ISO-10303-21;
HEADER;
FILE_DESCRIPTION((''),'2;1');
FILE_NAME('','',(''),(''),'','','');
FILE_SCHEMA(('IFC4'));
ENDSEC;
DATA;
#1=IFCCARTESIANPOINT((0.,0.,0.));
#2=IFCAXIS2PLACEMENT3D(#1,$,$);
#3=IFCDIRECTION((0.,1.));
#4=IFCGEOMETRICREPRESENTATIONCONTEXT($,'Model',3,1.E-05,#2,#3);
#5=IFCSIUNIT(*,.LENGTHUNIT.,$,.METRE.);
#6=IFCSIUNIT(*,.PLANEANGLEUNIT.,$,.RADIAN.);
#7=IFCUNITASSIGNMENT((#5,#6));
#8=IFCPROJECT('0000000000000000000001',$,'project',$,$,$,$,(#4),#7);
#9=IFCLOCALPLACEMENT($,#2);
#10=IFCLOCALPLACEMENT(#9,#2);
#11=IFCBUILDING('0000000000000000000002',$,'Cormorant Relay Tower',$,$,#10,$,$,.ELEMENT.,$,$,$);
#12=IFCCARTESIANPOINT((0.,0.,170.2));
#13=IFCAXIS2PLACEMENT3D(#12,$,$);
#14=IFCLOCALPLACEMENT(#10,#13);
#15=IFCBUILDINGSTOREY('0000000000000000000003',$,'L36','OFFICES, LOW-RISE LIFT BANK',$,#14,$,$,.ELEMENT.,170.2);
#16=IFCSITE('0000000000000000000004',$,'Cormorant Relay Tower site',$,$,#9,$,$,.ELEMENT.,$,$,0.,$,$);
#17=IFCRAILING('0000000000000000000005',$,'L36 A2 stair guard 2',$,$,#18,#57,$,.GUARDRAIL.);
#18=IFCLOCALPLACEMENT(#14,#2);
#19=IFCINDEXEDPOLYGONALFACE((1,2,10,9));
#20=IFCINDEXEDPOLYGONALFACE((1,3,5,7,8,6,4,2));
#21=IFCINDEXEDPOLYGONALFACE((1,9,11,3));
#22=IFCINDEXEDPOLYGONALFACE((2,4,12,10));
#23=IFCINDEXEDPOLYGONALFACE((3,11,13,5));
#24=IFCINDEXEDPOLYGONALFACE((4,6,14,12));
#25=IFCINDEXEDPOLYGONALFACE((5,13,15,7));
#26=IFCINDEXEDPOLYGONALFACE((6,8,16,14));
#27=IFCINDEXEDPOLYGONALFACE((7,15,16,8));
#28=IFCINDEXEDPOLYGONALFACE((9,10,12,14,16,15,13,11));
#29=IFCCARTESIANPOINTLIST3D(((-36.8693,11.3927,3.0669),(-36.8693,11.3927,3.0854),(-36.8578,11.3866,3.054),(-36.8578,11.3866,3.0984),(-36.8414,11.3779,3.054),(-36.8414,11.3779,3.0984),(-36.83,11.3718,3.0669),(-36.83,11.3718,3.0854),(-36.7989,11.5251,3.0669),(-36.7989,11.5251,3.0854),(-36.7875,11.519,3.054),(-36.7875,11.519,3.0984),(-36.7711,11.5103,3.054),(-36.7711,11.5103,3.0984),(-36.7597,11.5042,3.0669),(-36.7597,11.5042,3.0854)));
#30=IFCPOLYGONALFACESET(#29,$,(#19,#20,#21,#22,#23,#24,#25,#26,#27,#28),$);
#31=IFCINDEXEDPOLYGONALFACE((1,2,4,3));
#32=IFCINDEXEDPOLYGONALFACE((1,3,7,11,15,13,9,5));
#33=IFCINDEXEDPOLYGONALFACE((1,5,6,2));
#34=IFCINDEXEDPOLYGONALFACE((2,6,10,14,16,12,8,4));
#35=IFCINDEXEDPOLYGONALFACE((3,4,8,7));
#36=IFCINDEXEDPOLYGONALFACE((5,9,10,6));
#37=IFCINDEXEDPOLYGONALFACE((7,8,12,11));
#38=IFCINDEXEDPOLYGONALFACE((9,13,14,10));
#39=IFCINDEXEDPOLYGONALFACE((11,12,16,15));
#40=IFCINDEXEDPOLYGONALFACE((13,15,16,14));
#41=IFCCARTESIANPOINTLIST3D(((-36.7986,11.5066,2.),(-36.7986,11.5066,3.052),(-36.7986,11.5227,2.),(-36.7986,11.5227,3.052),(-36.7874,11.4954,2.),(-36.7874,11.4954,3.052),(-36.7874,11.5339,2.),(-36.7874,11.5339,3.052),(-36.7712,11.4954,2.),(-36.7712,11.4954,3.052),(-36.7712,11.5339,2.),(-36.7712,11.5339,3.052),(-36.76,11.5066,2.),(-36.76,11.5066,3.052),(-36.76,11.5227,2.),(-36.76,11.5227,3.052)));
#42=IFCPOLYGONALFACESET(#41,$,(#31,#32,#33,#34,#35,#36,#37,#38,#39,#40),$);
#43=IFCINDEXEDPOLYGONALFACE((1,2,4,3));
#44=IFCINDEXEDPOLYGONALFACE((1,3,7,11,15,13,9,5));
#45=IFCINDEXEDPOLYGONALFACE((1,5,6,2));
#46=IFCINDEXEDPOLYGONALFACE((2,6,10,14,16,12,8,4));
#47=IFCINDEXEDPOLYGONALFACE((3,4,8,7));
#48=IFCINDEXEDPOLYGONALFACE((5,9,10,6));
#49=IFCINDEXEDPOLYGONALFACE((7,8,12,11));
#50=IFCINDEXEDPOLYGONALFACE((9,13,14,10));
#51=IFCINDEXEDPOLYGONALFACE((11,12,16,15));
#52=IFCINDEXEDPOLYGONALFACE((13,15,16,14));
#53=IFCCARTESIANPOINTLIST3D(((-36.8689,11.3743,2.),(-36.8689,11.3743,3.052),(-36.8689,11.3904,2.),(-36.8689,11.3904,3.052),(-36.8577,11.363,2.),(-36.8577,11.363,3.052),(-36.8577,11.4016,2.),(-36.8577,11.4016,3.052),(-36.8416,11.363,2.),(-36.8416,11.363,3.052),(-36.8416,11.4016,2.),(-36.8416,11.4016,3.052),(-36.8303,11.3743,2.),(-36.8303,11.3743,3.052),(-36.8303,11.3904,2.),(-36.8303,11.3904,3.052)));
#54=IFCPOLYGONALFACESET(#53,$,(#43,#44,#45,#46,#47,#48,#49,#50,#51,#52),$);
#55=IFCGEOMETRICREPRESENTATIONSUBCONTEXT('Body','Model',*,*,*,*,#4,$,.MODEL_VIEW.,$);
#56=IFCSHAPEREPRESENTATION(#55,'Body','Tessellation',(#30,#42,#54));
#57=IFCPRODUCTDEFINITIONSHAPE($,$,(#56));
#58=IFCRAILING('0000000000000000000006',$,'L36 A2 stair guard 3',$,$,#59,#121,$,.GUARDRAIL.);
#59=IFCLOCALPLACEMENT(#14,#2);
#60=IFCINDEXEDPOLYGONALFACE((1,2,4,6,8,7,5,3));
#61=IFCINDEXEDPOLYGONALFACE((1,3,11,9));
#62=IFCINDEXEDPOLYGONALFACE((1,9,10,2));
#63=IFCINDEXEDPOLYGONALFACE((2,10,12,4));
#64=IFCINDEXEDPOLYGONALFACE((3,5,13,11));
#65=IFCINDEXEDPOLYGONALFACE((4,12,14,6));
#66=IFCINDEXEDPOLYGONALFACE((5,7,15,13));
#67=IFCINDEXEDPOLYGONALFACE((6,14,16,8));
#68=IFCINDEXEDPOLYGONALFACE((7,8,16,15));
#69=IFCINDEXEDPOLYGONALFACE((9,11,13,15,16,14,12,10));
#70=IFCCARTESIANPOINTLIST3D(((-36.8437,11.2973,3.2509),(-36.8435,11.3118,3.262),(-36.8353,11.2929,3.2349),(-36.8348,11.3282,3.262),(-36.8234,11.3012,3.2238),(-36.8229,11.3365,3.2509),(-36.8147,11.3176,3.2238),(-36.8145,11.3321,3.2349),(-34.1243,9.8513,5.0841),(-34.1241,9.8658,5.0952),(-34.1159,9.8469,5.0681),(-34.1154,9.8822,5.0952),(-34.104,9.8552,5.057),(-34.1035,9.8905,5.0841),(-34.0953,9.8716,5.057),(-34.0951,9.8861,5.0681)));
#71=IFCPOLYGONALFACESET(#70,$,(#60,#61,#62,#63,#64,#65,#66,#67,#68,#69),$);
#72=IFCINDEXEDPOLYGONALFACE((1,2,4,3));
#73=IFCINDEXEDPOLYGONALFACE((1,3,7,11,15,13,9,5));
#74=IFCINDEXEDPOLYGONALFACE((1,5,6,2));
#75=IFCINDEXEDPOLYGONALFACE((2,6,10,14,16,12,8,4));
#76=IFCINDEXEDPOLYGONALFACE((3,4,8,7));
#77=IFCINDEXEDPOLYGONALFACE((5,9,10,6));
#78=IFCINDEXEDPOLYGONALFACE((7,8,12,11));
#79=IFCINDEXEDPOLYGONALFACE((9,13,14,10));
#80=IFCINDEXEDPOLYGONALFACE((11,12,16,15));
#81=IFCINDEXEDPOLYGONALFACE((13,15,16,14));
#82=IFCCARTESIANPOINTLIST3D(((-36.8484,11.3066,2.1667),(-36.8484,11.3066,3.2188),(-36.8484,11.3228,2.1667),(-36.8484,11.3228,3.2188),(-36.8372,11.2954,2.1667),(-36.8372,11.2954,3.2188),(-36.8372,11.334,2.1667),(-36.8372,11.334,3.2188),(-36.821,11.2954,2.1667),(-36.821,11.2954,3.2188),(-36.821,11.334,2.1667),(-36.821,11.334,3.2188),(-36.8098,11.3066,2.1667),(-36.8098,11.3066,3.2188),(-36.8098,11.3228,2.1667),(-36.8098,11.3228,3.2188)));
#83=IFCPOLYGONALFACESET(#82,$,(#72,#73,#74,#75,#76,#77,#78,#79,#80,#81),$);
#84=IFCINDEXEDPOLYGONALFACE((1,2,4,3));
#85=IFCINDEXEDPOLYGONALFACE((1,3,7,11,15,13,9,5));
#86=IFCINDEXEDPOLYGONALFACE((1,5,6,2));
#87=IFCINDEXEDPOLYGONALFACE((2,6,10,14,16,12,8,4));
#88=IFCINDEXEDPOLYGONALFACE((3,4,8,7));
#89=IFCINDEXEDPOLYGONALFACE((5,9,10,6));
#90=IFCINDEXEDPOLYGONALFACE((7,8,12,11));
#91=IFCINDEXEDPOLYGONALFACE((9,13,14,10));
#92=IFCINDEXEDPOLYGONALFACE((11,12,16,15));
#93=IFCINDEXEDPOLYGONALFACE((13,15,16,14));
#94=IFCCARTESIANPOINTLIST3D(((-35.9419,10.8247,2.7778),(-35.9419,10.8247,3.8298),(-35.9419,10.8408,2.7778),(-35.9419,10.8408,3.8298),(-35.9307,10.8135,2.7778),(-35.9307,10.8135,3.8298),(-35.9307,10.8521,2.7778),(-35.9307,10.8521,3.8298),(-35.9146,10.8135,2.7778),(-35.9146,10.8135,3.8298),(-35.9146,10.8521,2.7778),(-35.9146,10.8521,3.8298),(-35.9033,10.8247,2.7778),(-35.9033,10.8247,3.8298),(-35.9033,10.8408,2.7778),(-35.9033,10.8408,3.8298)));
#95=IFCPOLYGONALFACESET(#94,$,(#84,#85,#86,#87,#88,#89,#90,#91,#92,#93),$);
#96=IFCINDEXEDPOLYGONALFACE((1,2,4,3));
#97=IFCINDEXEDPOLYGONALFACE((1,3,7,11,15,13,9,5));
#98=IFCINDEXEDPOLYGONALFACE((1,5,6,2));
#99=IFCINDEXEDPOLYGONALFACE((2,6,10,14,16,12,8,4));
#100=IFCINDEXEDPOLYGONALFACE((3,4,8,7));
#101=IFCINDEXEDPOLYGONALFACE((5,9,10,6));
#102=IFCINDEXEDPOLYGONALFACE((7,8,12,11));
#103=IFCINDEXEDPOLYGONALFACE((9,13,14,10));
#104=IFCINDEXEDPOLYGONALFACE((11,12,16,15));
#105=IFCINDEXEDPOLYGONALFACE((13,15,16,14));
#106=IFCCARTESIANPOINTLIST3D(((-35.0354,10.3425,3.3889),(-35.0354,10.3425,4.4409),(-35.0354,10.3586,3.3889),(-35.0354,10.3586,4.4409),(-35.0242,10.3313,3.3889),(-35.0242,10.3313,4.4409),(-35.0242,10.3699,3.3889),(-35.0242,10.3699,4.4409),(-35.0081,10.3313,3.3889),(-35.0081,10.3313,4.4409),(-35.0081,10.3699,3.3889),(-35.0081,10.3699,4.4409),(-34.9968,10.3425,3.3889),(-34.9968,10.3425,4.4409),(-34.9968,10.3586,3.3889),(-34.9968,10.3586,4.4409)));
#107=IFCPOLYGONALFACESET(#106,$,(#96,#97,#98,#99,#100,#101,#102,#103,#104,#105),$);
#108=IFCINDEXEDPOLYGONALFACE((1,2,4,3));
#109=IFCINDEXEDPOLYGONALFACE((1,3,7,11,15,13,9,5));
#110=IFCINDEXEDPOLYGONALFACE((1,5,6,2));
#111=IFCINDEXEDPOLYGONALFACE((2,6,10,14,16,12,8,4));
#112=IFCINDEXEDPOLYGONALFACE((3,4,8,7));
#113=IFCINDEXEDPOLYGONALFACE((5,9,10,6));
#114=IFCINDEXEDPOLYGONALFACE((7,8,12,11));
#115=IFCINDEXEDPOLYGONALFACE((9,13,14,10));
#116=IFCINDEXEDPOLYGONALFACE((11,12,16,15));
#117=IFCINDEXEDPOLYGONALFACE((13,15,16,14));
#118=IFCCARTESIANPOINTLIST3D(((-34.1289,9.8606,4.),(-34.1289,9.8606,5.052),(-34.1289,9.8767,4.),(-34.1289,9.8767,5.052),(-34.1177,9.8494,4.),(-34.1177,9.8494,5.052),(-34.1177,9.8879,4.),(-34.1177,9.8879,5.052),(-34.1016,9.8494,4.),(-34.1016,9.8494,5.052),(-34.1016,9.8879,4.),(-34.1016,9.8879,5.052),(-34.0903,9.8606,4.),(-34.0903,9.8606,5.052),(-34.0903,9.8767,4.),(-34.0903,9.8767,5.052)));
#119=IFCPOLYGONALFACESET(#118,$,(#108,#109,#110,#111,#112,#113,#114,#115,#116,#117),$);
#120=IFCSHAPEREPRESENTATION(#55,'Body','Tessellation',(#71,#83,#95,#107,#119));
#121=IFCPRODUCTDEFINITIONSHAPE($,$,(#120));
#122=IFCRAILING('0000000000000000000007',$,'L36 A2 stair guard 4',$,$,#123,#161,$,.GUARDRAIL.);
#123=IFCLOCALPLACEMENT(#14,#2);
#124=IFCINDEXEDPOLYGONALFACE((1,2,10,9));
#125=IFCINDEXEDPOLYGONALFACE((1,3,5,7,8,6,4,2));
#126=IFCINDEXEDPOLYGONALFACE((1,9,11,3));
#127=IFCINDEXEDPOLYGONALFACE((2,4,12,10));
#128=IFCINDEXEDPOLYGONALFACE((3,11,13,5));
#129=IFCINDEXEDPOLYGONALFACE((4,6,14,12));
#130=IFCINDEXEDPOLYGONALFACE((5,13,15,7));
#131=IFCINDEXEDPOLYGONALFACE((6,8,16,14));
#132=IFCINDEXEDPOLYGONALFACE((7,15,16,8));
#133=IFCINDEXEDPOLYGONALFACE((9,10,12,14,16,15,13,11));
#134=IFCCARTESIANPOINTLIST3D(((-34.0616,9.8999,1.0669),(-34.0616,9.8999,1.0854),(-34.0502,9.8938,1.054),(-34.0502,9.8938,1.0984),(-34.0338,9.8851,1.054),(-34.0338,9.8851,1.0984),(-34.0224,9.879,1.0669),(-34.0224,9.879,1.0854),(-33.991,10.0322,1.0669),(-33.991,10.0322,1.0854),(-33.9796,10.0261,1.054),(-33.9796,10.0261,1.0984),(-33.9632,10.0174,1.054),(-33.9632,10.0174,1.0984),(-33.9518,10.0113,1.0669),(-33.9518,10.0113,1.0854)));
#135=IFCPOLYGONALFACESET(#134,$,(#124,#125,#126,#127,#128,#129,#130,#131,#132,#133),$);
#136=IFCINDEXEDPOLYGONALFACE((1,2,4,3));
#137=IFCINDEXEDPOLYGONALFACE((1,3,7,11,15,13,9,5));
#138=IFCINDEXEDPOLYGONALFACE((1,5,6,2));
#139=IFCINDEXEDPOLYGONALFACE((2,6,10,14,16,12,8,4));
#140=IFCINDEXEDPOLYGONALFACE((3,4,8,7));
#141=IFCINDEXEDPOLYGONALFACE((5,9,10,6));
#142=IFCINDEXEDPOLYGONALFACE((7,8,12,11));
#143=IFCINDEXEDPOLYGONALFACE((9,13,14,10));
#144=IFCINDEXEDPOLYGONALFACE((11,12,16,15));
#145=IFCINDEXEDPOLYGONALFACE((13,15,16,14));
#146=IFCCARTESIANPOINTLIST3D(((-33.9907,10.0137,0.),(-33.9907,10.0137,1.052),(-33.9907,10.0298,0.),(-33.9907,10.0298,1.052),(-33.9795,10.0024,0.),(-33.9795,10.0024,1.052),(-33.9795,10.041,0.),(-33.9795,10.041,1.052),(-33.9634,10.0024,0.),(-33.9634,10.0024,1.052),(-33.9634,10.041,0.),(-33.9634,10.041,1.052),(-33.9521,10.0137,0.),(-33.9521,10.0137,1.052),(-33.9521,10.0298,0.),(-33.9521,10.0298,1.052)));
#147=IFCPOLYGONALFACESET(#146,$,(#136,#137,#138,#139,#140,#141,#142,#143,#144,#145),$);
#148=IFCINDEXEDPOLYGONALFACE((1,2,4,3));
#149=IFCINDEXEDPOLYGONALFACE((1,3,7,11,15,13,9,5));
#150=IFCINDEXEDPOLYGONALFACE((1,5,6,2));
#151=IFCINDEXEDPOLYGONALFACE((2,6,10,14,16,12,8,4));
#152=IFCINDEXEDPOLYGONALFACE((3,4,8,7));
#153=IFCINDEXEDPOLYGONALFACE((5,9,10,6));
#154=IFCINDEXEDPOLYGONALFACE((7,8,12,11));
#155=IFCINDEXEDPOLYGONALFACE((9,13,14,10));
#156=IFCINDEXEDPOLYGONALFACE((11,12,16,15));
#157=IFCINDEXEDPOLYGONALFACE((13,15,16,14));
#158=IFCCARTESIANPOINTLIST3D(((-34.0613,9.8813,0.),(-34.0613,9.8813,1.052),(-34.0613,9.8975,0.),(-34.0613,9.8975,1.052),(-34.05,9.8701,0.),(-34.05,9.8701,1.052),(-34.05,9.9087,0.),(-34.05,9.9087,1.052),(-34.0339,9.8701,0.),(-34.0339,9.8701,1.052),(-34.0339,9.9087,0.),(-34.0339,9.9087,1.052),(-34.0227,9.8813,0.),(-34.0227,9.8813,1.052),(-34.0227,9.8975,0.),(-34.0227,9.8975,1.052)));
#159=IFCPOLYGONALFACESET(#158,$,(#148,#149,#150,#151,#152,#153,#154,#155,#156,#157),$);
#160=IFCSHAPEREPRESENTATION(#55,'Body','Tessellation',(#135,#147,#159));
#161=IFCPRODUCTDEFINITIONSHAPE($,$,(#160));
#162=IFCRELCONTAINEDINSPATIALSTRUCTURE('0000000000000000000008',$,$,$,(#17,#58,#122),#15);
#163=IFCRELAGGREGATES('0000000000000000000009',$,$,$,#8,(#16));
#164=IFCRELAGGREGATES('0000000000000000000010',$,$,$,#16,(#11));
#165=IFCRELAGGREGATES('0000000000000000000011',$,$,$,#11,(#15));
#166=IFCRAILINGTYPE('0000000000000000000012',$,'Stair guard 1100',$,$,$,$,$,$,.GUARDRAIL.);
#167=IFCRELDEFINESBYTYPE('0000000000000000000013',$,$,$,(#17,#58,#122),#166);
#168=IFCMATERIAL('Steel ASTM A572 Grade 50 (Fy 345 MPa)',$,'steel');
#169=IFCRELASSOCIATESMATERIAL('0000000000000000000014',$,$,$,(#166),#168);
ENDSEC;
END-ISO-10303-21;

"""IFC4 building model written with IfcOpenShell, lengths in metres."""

from ifc_helpers import new_model, si_unit, direction, frame, origin, place, context, subcontext, project, spatial, polyline, outline, extrude, material, type_object, element, save


model = new_model("IFC4")

# Units and contexts
model_context = context("Model", 3, precision=1e-05, world=origin(), true_north=direction((0.0, 1.0)))
body_context = subcontext(model_context, "Body", "Model", "MODEL_VIEW")
ifc_project = project(units=[si_unit("LENGTHUNIT", "METRE"), si_unit("PLANEANGLEUNIT", "RADIAN")], contexts=[model_context])

# Site, building, storey
site_placement = place(None, origin())
site = spatial("IfcSite", under=ifc_project, at=site_placement, Name="Cormorant Relay Tower site", CompositionType="ELEMENT", RefElevation=0.0)
building_placement = place(site_placement, origin())
building = spatial("IfcBuilding", under=site, at=building_placement, Name="Cormorant Relay Tower", CompositionType="ELEMENT")
storey_placement = place(building_placement, frame((0.0, 0.0, 170.2)))
storey = spatial("IfcBuildingStorey", under=building, at=storey_placement, Name="L36", Description="OFFICES, LOW-RISE LIFT BANK", CompositionType="ELEMENT", Elevation=170.2)

# Railings
ifc_material_1 = material(Name="Steel ASTM A572 Grade 50 (Fy 345 MPa)", Category="steel")
railing_type_1 = type_object("IfcRailingType", Name="Stair guard 1100", PredefinedType="GUARDRAIL", material=ifc_material_1)
railing_1_placement = place(storey_placement, frame((-36.7793, 11.5146, 2.0)))
element("IfcRailing", 1, at=railing_1_placement, inside=storey, type_object=railing_type_1, Name="L36 A2 stair guard 2", PredefinedType="GUARDRAIL", context=body_context, shape_type="SweptSolid", body=[
    extrude(outline(polyline([(0.0222, 0.0093), (0.0093, 0.0222), (-0.0093, 0.0222), (-0.0222, 0.0093), (-0.0222, -0.0093), (-0.0093, -0.0222), (0.0093, -0.0222), (0.0222, -0.0093), (0.0222, 0.0093)])), frame((0.0, 0.0, 1.0762), z_axis=(-0.469235, -0.883074, 0.0), x_axis=(0.883074, -0.469235, 0.0)), (0.0, 0.0, 1.0), 0.1499),
    extrude(outline(polyline([(0.0193, 0.0081), (0.0081, 0.0193), (-0.0081, 0.0193), (-0.0193, 0.0081), (-0.0193, -0.0081), (-0.0081, -0.0193), (0.0081, -0.0193), (0.0193, -0.0081), (0.0193, 0.0081)])), origin(), (0.0, 0.0, 1.0), 1.052),
    extrude(outline(polyline([(0.0193, 0.0081), (0.0081, 0.0193), (-0.0081, 0.0193), (-0.0193, 0.0081), (-0.0193, -0.0081), (-0.0081, -0.0193), (0.0081, -0.0193), (0.0193, -0.0081), (0.0193, 0.0081)])), frame((-0.0703, -0.1323, 0.0)), (0.0, 0.0, 1.0), 1.052),
])
railing_2_placement = place(storey_placement, frame((-36.8291, 11.3147, 2.1667)))
element("IfcRailing", 2, at=railing_2_placement, inside=storey, type_object=railing_type_1, Name="L36 A2 stair guard 3", PredefinedType="GUARDRAIL", context=body_context, shape_type="SweptSolid", body=[
    extrude(outline(polyline([(0.0222, 0.0093), (0.0093, 0.0222), (-0.0093, 0.0222), (-0.0222, 0.0093), (-0.0222, -0.0093), (-0.0093, -0.0222), (0.0093, -0.0222), (0.0222, -0.0093), (0.0222, 0.0093)])), frame((0.0, 0.0, 1.0762), z_axis=(0.758714, -0.403435, 0.511463), x_axis=(0.469489, 0.882938, 0.0)), (0.0, 0.0, 1.0), 3.5842),
    extrude(outline(polyline([(0.0193, 0.0081), (0.0081, 0.0193), (-0.0081, 0.0193), (-0.0193, 0.0081), (-0.0193, -0.0081), (-0.0081, -0.0193), (0.0081, -0.0193), (0.0193, -0.0081), (0.0193, 0.0081)])), origin(), (0.0, 0.0, 1.0), 1.052),
    extrude(outline(polyline([(0.0193, 0.0081), (0.0081, 0.0193), (-0.0081, 0.0193), (-0.0193, 0.0081), (-0.0193, -0.0081), (-0.0081, -0.0193), (0.0081, -0.0193), (0.0193, -0.0081), (0.0193, 0.0081)])), frame((0.9065, -0.4819, 0.6111)), (0.0, 0.0, 1.0), 1.052),
    extrude(outline(polyline([(0.0193, 0.0081), (0.0081, 0.0193), (-0.0081, 0.0193), (-0.0193, 0.0081), (-0.0193, -0.0081), (-0.0081, -0.0193), (0.0081, -0.0193), (0.0193, -0.0081), (0.0193, 0.0081)])), frame((1.813, -0.9641, 1.2222)), (0.0, 0.0, 1.0), 1.052),
    extrude(outline(polyline([(0.0193, 0.0081), (0.0081, 0.0193), (-0.0081, 0.0193), (-0.0193, 0.0081), (-0.0193, -0.0081), (-0.0081, -0.0193), (0.0081, -0.0193), (0.0193, -0.0081), (0.0193, 0.0081)])), frame((2.7195, -1.446, 1.8333)), (0.0, 0.0, 1.0), 1.052),
])
railing_3_placement = place(storey_placement, frame((-33.9714, 10.0217, 0.0)))
element("IfcRailing", 3, at=railing_3_placement, inside=storey, type_object=railing_type_1, Name="L36 A2 stair guard 4", PredefinedType="GUARDRAIL", context=body_context, shape_type="SweptSolid", body=[
    extrude(outline(polyline([(0.0222, 0.0093), (0.0093, 0.0222), (-0.0093, 0.0222), (-0.0222, 0.0093), (-0.0222, -0.0093), (-0.0093, -0.0222), (0.0093, -0.0222), (0.0222, -0.0093), (0.0222, 0.0093)])), frame((0.0, 0.0, 1.0762), z_axis=(-0.470504, -0.882398, 0.0), x_axis=(0.882398, -0.470504, 0.0)), (0.0, 0.0, 1.0), 0.1499),
    extrude(outline(polyline([(0.0193, 0.0081), (0.0081, 0.0193), (-0.0081, 0.0193), (-0.0193, 0.0081), (-0.0193, -0.0081), (-0.0081, -0.0193), (0.0081, -0.0193), (0.0193, -0.0081), (0.0193, 0.0081)])), origin(), (0.0, 0.0, 1.0), 1.052),
    extrude(outline(polyline([(0.0193, 0.0081), (0.0081, 0.0193), (-0.0081, 0.0193), (-0.0193, 0.0081), (-0.0193, -0.0081), (-0.0081, -0.0193), (0.0081, -0.0193), (0.0193, -0.0081), (0.0193, 0.0081)])), frame((-0.0706, -0.1323, 0.0)), (0.0, 0.0, 1.0), 1.052),
])

save(model, "model.ifc")
